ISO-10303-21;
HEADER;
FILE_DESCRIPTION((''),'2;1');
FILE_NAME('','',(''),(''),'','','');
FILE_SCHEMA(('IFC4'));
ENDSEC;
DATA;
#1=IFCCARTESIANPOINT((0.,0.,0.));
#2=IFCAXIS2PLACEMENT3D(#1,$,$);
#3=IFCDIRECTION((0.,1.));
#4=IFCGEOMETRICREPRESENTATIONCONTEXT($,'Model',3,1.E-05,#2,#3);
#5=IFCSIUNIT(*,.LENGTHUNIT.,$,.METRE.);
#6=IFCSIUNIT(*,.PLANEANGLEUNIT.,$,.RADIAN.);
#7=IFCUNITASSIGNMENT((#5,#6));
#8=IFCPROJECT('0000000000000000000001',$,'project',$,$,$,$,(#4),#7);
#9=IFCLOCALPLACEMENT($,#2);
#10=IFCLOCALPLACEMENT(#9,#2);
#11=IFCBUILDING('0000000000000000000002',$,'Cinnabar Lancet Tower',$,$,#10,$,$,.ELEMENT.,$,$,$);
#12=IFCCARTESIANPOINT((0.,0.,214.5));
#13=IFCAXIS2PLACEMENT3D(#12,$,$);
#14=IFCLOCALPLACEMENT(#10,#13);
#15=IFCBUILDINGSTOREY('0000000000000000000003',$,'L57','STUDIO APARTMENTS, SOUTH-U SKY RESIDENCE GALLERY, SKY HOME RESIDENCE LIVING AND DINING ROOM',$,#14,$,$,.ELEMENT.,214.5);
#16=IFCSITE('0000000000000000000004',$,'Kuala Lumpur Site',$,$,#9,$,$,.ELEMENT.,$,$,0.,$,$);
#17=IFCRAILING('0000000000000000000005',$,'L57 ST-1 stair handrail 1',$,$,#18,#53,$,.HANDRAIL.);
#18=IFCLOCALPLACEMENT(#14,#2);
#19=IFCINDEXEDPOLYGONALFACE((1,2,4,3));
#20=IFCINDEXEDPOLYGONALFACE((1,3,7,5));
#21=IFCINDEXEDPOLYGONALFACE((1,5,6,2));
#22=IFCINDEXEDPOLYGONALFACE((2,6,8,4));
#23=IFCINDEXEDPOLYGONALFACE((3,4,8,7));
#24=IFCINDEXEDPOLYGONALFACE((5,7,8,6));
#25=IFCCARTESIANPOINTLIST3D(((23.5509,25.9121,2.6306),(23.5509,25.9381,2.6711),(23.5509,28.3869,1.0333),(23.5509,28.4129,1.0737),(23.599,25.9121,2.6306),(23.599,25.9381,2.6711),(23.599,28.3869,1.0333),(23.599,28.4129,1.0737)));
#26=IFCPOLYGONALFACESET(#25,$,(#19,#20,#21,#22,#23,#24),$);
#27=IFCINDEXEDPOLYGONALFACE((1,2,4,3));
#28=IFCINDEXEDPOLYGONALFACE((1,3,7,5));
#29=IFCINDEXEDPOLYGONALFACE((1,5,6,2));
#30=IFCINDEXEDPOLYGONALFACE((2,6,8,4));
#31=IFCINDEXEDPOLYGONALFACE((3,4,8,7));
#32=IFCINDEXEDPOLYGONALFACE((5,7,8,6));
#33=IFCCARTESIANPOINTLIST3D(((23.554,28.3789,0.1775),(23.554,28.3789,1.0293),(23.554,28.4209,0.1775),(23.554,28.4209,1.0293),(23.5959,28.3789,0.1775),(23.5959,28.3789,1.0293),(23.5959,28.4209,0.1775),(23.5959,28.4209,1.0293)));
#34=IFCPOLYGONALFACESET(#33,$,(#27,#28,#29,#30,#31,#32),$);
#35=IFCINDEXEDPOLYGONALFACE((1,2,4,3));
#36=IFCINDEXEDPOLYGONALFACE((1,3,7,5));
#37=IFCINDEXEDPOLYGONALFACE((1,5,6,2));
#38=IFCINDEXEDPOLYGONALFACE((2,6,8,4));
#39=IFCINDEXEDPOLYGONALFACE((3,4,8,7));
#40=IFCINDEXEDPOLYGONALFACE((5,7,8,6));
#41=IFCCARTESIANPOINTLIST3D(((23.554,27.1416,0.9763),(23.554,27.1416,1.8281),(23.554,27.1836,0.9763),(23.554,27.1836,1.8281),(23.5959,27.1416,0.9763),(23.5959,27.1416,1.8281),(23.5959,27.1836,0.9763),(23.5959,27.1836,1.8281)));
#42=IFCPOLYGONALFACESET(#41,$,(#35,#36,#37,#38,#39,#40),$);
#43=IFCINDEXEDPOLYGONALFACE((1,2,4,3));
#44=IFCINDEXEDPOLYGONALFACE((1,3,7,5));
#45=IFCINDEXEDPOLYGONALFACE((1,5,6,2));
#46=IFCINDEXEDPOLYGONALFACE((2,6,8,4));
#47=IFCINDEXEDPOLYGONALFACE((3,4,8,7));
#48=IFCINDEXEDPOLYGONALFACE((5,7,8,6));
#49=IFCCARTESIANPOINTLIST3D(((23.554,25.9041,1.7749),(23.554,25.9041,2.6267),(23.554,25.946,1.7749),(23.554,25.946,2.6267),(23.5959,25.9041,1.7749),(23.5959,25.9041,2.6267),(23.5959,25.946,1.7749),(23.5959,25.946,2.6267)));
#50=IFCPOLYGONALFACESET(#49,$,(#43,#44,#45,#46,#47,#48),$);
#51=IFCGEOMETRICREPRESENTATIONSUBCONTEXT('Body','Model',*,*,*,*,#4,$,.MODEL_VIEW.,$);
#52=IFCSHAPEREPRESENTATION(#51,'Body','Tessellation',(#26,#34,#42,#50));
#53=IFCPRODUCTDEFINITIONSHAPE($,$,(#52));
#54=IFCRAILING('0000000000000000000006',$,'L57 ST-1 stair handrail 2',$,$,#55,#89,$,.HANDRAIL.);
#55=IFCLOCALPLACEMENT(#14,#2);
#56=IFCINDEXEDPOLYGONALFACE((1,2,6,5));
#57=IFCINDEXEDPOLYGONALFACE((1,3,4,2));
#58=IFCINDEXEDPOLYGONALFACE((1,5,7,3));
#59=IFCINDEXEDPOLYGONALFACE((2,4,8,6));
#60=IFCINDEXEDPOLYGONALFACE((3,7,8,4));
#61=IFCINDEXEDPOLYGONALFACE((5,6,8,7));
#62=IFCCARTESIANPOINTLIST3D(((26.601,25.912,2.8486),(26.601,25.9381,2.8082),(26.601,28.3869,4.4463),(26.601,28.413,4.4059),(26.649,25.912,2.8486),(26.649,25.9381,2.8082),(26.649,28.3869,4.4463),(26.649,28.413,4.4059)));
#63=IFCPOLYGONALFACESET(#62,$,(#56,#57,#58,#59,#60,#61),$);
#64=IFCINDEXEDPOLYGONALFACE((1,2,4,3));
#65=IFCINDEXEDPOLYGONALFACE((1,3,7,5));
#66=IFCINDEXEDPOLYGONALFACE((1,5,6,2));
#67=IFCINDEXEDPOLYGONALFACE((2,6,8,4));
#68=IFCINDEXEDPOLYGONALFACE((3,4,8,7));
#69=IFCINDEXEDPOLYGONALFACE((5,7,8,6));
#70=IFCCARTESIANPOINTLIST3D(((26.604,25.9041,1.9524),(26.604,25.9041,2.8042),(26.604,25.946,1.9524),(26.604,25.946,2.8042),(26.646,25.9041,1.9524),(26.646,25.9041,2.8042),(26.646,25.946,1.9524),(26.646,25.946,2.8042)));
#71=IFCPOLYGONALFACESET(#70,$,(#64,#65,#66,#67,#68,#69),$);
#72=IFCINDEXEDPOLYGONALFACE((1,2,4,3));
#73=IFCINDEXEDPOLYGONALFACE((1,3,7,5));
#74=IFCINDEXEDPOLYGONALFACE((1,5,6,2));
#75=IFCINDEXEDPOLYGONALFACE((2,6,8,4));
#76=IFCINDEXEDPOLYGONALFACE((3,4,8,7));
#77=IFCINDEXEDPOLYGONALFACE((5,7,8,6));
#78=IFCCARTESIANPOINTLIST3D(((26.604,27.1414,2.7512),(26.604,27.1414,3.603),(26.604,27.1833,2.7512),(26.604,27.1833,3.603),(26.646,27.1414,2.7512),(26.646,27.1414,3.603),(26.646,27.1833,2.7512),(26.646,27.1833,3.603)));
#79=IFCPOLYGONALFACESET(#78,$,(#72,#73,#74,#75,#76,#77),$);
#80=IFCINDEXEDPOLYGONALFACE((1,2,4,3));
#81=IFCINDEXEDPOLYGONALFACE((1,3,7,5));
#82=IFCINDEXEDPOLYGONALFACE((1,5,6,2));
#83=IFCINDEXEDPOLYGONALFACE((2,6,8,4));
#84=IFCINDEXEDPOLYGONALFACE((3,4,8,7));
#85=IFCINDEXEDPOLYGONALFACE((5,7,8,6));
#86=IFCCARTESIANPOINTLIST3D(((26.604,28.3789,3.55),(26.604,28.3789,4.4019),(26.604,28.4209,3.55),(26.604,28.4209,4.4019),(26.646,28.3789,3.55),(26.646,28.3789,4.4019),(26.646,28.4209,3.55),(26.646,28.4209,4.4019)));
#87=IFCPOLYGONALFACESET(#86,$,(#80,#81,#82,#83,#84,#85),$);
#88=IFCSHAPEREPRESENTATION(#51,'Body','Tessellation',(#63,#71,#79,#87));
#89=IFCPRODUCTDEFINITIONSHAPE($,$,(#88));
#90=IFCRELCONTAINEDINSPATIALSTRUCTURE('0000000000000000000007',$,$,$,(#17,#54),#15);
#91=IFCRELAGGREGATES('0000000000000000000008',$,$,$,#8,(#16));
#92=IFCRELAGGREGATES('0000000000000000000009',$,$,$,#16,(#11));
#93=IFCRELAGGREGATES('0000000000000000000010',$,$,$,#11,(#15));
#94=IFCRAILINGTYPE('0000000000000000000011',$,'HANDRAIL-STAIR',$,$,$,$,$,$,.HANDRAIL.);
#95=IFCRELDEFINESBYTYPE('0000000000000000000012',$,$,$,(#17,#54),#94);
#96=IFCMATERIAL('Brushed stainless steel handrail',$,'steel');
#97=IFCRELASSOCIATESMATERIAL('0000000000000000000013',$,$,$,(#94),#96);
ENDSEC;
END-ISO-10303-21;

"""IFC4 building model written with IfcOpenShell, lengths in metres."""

from ifc_helpers import new_model, si_unit, direction, frame, origin, origin_2d, place, context, subcontext, project, spatial, rectangle, extrude, material, type_object, element, save


model = new_model("IFC4")

# Units and contexts
model_context = context("Model", 3, precision=1e-05, world=origin(), true_north=direction((0.0, 1.0)))
body_context = subcontext(model_context, "Body", "Model", "MODEL_VIEW")
ifc_project = project(units=[si_unit("LENGTHUNIT", "METRE"), si_unit("PLANEANGLEUNIT", "RADIAN")], contexts=[model_context])

# Site, building, storey
site_placement = place(None, origin())
site = spatial("IfcSite", under=ifc_project, at=site_placement, Name="Kuala Lumpur Site", CompositionType="ELEMENT", RefElevation=0.0)
building_placement = place(site_placement, origin())
building = spatial("IfcBuilding", under=site, at=building_placement, Name="Cinnabar Lancet Tower", CompositionType="ELEMENT")
storey_placement = place(building_placement, frame((0.0, 0.0, 214.5)))
storey = spatial("IfcBuildingStorey", under=building, at=storey_placement, Name="L57", Description="STUDIO APARTMENTS, SOUTH-U SKY RESIDENCE GALLERY, SKY HOME RESIDENCE LIVING AND DINING ROOM", CompositionType="ELEMENT", Elevation=214.5)

# Railings
ifc_material_1 = material(Name="Brushed stainless steel handrail", Category="steel")
railing_type_1 = type_object("IfcRailingType", Name="HANDRAIL-STAIR", PredefinedType="HANDRAIL", material=ifc_material_1)
railing_1_placement = place(storey_placement, frame((23.575, 28.3999, 0.1775)))
element("IfcRailing", 1, at=railing_1_placement, inside=storey, type_object=railing_type_1, Name="L57 ST-1 stair handrail 1", PredefinedType="HANDRAIL", context=body_context, shape_type="SweptSolid", body=[
    extrude(rectangle(XDim=0.0481, YDim=0.0481, at=origin_2d()), frame((0.0, 0.0, 0.876), z_axis=(0.0, -0.840183, 0.542302), x_axis=(1.0, 0.0, 0.0)), (0.0, 0.0, 1.0), 2.9456),
    extrude(rectangle(XDim=0.042, YDim=0.042, at=origin_2d()), origin(), (0.0, 0.0, 1.0), 0.8518),
    extrude(rectangle(XDim=0.042, YDim=0.042, at=origin_2d()), frame((0.0, -1.2373, 0.7988)), (0.0, 0.0, 1.0), 0.8518),
    extrude(rectangle(XDim=0.042, YDim=0.042, at=origin_2d()), frame((0.0, -2.4749, 1.5974)), (0.0, 0.0, 1.0), 0.8518),
])
railing_2_placement = place(storey_placement, frame((26.625, 25.925, 1.9524)))
element("IfcRailing", 2, at=railing_2_placement, inside=storey, type_object=railing_type_1, Name="L57 ST-1 stair handrail 2", PredefinedType="HANDRAIL", context=body_context, shape_type="SweptSolid", body=[
    extrude(rectangle(XDim=0.0481, YDim=0.0481, at=origin_2d()), frame((0.0, 0.0, 0.876), z_axis=(0.0, 0.840146, 0.542361), x_axis=(-1.0, 0.0, 0.0)), (0.0, 0.0, 1.0), 2.9458),
    extrude(rectangle(XDim=0.042, YDim=0.042, at=origin_2d()), origin(), (0.0, 0.0, 1.0), 0.8518),
    extrude(rectangle(XDim=0.042, YDim=0.042, at=origin_2d()), frame((0.0, 1.2373, 0.7988)), (0.0, 0.0, 1.0), 0.8518),
    extrude(rectangle(XDim=0.042, YDim=0.042, at=origin_2d()), frame((0.0, 2.4749, 1.5977)), (0.0, 0.0, 1.0), 0.8518),
])

save(model, "model.ifc")
